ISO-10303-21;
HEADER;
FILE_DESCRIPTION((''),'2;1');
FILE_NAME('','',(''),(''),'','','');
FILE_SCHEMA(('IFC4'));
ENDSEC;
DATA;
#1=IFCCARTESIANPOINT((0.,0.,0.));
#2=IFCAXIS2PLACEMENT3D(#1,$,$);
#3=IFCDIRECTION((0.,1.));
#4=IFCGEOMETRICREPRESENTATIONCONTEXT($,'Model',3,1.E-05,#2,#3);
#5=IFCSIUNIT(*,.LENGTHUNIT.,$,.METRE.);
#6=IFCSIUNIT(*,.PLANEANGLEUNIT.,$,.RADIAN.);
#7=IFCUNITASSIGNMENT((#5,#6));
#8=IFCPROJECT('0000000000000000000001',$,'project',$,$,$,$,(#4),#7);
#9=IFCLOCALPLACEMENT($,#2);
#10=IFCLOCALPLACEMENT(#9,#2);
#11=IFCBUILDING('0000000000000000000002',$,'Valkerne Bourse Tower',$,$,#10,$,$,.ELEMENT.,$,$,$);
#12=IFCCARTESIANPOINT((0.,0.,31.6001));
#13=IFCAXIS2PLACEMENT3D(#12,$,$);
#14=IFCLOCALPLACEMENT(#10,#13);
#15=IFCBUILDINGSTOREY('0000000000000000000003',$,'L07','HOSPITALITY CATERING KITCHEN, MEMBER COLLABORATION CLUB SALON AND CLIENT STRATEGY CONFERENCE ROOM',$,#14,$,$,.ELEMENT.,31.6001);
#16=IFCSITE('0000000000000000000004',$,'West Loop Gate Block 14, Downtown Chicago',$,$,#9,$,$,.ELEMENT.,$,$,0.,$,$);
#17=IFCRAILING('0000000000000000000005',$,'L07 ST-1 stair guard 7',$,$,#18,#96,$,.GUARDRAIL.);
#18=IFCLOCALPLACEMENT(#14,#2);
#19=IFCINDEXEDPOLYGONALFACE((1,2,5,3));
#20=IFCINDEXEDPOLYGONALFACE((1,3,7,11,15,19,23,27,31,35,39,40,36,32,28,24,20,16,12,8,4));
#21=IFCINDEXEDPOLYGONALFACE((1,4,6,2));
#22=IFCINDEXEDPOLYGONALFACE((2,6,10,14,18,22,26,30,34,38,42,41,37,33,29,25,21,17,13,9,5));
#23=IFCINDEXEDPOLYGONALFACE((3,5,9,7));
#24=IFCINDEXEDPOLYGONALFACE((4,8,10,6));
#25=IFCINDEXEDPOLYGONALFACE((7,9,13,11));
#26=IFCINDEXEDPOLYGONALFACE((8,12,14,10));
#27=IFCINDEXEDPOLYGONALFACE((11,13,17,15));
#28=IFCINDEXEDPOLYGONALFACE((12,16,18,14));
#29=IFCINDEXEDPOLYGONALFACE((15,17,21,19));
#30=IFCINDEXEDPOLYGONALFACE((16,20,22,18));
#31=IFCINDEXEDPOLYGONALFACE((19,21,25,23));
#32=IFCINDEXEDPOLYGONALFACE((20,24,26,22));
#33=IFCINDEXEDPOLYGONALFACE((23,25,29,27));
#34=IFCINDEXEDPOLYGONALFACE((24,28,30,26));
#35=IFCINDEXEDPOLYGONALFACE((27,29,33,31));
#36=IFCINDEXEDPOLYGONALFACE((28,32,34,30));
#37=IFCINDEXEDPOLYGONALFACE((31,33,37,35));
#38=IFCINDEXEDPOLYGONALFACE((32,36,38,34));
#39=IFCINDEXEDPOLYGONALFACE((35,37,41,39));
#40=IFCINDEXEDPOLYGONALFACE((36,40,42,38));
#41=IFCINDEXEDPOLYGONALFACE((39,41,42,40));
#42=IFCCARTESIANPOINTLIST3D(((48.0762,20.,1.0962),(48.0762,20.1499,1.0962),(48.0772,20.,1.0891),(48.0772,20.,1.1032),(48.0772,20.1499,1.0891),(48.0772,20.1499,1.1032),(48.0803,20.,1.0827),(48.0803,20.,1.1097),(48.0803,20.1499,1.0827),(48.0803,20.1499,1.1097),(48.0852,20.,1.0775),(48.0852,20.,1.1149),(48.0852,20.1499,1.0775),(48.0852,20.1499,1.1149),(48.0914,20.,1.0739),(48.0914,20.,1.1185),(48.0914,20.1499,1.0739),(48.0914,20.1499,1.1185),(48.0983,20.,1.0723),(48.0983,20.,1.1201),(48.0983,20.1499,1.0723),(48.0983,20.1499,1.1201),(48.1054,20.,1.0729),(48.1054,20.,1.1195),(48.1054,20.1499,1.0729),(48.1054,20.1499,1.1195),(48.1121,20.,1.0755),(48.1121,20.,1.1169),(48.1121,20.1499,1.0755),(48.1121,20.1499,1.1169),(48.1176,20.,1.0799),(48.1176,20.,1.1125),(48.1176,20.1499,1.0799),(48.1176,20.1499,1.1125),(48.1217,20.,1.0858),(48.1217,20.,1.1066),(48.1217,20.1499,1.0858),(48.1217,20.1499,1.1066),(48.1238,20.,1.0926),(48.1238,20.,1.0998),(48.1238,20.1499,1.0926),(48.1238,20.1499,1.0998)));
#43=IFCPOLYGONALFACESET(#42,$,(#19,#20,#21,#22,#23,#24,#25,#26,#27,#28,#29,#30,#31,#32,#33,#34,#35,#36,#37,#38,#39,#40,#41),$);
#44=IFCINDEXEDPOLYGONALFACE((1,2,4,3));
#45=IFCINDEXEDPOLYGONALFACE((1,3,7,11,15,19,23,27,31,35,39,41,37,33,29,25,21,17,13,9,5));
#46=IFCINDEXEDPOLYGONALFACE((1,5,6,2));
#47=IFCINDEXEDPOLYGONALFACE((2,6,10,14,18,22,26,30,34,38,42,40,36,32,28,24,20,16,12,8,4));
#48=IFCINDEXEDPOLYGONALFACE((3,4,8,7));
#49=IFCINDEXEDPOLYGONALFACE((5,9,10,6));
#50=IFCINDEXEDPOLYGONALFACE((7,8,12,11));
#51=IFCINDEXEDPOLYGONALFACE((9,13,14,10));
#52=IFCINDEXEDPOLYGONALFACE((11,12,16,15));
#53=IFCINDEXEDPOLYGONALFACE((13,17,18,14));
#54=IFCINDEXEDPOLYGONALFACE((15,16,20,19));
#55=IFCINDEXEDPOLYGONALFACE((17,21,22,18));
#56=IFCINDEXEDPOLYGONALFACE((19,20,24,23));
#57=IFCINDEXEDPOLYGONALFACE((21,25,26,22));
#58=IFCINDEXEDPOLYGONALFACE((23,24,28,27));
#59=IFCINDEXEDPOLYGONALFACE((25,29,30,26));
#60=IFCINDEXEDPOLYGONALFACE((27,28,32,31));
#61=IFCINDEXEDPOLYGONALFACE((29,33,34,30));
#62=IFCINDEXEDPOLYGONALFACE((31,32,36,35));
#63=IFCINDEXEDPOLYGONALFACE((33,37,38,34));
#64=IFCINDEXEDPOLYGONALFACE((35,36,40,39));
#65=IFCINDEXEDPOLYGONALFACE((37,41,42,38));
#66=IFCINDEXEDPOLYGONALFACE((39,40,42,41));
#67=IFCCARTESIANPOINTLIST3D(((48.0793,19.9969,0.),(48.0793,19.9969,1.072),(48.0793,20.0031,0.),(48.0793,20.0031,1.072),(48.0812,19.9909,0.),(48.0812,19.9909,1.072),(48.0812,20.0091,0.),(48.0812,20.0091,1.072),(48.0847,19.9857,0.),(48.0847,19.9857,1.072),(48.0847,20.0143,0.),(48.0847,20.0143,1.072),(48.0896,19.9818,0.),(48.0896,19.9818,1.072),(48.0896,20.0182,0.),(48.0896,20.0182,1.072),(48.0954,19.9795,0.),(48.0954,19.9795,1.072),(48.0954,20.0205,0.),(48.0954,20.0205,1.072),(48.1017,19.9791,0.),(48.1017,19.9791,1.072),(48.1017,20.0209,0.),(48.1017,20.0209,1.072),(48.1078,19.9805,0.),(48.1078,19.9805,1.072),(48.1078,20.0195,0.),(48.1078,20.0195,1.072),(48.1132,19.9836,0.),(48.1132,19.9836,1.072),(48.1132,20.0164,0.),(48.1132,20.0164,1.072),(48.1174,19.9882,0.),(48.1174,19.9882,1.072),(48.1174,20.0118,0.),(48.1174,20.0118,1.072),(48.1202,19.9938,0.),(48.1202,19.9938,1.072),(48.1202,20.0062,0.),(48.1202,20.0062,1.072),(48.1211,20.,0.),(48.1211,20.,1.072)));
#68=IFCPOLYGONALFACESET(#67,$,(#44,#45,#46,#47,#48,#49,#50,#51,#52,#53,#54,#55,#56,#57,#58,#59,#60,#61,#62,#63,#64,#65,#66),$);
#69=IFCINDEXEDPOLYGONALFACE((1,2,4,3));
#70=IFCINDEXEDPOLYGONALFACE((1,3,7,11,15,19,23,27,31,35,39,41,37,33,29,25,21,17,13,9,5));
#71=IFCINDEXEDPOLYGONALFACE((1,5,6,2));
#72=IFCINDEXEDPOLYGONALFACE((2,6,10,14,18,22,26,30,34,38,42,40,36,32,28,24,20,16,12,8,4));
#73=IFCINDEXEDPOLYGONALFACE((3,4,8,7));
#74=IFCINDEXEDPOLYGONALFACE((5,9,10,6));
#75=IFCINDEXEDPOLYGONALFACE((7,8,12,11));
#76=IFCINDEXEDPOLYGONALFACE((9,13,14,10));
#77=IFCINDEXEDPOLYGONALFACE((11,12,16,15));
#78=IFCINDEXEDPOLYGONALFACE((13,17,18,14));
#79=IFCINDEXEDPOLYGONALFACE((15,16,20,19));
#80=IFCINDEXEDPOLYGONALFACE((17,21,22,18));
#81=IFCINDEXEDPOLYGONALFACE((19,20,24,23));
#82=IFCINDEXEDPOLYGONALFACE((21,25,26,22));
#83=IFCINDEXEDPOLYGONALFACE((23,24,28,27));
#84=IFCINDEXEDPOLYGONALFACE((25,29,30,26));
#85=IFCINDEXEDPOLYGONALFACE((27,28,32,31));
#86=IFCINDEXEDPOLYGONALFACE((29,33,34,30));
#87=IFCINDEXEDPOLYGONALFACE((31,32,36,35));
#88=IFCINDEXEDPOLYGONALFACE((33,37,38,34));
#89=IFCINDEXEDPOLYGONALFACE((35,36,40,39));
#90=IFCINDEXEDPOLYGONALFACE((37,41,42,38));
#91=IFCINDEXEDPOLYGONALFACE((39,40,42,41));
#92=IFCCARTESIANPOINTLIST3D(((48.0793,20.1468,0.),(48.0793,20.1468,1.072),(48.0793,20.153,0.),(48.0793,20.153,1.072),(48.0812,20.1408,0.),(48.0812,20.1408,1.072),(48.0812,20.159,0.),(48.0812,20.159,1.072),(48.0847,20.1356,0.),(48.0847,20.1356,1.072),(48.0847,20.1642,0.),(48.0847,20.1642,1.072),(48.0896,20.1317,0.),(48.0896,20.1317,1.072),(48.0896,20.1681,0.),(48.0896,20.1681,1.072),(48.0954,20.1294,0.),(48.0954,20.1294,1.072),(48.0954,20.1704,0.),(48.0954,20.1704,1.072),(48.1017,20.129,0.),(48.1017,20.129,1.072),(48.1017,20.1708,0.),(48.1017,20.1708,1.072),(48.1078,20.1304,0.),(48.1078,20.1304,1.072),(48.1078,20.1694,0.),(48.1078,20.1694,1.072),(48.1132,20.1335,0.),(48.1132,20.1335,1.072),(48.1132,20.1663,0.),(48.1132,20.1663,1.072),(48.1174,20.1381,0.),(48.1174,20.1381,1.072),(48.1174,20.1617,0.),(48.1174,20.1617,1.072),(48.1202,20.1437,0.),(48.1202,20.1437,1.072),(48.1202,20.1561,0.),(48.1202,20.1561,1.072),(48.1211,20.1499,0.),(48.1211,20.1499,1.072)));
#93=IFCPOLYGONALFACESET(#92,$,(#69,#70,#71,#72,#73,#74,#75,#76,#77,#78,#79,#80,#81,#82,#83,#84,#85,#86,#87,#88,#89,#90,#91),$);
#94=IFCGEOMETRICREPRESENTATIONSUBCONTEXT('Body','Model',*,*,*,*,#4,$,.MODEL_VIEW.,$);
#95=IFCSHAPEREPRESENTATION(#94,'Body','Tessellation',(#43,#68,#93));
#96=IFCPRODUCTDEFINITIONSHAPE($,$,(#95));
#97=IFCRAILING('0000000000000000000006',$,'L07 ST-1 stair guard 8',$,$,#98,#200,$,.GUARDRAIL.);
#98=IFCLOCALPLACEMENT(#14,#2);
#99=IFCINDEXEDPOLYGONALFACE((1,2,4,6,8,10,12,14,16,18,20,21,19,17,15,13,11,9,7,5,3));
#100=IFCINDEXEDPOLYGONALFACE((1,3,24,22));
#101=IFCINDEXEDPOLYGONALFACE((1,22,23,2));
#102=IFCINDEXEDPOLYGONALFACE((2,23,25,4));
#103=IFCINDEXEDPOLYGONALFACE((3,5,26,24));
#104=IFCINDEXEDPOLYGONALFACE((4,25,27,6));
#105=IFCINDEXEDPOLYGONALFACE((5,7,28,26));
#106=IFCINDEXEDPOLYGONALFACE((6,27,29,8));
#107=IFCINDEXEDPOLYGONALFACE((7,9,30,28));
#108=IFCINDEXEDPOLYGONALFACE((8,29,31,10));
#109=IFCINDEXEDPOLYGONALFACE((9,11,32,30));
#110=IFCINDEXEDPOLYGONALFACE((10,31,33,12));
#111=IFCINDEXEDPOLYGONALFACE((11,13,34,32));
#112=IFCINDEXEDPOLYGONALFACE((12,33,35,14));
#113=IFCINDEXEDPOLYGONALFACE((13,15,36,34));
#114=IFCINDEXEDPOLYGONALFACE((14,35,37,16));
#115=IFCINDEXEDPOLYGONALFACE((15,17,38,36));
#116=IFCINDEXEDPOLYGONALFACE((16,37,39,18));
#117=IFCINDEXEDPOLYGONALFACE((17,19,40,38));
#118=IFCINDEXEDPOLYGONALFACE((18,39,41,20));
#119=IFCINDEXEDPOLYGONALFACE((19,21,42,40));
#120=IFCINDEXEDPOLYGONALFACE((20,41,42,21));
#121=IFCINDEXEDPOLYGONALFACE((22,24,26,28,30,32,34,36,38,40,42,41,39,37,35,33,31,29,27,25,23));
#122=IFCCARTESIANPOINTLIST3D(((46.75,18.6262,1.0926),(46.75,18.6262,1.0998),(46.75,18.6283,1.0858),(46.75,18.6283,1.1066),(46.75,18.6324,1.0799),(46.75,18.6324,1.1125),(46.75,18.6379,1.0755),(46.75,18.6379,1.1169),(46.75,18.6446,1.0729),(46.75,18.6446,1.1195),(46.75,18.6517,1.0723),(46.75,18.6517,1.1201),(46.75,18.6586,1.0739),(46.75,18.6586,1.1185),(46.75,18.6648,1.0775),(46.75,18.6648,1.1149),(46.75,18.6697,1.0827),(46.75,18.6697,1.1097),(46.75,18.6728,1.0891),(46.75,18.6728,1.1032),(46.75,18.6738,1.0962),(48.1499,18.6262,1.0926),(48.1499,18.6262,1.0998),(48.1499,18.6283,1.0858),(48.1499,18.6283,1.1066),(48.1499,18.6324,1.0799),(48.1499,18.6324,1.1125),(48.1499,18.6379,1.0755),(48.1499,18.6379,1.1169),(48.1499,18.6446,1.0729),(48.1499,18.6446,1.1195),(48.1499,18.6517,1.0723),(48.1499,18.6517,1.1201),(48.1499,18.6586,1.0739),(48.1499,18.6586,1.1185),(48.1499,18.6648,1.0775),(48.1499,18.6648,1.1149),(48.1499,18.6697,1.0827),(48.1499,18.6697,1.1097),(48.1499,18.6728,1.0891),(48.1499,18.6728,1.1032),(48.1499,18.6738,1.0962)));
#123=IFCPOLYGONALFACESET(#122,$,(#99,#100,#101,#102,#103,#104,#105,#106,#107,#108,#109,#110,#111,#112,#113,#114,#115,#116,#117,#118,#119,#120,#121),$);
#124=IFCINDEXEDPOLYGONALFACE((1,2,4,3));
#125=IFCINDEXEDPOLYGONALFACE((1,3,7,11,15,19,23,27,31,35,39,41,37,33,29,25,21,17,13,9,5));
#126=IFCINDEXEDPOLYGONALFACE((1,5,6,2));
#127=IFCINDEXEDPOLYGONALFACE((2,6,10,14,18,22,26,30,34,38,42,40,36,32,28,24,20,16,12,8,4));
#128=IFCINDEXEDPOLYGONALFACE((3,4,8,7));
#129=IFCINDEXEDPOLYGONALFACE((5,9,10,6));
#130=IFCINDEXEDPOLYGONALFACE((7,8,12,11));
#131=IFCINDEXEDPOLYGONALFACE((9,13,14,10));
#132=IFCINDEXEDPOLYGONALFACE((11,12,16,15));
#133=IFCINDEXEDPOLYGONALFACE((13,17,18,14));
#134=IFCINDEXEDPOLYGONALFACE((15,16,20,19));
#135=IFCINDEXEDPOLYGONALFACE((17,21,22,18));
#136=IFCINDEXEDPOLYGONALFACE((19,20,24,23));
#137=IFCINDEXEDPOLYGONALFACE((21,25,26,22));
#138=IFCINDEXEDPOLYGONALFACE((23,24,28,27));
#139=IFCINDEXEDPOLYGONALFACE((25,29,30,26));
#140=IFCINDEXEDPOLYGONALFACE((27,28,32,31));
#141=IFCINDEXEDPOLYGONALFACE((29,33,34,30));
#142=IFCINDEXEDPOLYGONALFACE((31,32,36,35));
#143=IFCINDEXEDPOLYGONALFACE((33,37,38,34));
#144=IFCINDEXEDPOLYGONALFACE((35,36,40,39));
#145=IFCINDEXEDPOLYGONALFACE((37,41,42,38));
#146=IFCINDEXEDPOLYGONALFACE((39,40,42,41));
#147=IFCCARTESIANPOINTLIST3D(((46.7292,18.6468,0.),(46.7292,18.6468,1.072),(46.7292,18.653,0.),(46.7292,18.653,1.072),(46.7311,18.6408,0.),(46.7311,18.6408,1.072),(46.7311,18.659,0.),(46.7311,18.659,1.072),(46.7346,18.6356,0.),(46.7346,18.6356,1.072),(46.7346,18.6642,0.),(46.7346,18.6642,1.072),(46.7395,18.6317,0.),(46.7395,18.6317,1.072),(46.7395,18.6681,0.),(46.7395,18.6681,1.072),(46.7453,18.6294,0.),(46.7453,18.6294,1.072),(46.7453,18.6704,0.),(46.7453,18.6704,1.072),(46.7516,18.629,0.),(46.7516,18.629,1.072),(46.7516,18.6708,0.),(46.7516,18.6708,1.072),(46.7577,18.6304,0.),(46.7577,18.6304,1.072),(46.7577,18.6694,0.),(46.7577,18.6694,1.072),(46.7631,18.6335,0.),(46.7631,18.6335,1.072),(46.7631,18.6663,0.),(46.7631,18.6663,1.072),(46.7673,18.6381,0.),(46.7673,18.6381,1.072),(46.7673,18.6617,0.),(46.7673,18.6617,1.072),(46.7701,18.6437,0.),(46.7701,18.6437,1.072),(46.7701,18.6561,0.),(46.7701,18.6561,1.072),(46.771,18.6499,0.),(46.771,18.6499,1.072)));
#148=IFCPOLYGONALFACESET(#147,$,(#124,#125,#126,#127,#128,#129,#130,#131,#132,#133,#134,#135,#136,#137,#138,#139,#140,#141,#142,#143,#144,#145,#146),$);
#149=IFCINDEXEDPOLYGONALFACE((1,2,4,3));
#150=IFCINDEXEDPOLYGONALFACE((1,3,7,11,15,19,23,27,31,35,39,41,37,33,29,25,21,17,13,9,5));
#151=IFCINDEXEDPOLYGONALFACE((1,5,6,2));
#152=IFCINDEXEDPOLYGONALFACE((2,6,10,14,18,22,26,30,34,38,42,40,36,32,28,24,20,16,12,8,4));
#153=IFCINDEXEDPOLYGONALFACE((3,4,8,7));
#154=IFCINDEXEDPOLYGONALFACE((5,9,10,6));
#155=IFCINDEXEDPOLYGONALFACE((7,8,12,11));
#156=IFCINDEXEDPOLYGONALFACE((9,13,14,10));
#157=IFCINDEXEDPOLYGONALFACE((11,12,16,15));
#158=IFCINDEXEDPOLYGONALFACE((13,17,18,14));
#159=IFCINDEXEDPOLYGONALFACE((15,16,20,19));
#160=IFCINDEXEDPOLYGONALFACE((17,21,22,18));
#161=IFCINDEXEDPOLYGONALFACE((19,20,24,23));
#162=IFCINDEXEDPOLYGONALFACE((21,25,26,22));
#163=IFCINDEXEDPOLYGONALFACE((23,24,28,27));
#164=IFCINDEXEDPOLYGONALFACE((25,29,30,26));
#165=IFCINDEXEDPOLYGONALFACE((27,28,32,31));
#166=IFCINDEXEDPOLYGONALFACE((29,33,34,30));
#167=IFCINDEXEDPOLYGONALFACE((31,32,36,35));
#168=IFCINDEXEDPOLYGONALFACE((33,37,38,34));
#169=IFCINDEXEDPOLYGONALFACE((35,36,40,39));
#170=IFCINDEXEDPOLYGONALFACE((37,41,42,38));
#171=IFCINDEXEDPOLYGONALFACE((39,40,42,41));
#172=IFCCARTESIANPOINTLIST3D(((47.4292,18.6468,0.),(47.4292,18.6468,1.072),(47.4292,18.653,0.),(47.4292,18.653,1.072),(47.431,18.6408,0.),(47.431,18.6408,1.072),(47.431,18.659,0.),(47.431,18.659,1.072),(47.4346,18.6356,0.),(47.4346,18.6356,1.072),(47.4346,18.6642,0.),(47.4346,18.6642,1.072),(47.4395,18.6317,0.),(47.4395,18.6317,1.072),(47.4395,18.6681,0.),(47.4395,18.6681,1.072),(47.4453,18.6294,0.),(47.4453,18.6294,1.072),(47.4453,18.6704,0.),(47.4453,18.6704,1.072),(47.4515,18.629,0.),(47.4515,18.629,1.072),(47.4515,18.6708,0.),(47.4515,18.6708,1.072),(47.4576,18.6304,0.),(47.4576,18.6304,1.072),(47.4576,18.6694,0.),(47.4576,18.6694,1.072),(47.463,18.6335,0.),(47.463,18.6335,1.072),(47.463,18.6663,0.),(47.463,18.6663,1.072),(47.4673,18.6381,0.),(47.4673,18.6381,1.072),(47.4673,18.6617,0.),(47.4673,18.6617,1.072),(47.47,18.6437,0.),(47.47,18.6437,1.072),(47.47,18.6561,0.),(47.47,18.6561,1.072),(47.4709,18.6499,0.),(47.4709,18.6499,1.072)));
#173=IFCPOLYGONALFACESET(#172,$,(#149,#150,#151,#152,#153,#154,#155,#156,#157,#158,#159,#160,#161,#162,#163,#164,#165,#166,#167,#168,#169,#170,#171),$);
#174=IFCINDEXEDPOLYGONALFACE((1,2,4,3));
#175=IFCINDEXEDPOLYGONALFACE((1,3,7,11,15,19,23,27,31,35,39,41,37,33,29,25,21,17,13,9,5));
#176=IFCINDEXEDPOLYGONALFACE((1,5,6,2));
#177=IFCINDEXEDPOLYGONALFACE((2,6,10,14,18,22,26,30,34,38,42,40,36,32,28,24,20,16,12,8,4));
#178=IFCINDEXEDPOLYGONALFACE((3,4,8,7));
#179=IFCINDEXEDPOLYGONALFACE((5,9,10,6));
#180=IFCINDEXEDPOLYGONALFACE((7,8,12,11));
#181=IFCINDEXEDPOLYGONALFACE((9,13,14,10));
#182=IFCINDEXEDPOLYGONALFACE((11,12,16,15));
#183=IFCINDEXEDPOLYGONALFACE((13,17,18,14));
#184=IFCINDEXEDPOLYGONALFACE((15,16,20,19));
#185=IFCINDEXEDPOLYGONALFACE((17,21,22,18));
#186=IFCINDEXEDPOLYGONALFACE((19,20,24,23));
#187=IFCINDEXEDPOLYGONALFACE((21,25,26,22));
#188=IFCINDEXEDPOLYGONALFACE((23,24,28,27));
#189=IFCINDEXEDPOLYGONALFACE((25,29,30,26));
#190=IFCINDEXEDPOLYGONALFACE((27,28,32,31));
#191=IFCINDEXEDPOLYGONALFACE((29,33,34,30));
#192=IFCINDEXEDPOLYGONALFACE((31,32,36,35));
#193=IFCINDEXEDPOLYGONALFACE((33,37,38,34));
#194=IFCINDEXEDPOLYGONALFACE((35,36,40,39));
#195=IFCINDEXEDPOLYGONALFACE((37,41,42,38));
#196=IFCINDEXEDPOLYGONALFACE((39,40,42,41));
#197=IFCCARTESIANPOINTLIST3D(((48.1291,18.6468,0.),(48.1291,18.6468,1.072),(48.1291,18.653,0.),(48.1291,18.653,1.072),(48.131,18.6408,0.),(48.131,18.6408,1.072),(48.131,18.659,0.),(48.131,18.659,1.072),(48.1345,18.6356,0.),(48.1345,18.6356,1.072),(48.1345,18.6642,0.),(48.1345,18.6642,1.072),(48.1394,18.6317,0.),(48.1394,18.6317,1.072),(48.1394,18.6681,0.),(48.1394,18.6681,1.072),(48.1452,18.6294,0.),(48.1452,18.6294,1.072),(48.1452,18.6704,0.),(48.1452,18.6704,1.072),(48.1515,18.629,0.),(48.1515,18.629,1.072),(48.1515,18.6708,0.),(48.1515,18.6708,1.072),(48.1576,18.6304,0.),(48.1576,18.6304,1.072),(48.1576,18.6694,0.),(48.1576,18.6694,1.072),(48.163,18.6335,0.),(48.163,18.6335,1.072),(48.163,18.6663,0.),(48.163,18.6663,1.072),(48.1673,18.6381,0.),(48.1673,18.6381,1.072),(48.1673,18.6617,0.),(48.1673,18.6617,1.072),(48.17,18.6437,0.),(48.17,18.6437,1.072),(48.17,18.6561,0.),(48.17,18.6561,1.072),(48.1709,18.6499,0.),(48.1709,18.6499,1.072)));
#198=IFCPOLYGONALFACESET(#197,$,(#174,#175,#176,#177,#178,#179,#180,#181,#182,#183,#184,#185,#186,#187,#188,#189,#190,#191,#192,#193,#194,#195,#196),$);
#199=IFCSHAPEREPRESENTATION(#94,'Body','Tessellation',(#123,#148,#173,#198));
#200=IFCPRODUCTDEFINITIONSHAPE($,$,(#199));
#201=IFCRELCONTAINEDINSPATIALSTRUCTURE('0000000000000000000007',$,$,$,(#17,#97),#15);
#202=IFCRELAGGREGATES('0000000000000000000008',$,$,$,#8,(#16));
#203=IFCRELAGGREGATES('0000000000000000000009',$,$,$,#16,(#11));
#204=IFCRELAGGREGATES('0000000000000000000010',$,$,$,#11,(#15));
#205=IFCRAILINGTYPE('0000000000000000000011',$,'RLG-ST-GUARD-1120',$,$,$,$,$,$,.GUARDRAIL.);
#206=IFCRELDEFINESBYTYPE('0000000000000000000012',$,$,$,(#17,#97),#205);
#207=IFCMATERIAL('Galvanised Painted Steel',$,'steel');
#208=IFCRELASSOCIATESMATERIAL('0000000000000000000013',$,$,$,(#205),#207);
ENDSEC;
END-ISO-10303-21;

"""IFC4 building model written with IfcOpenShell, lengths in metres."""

from ifc_helpers import new_model, si_unit, direction, frame, origin, origin_2d, place, context, subcontext, project, spatial, circle, extrude, material, type_object, element, save


model = new_model("IFC4")

# Units and contexts
model_context = context("Model", 3, precision=1e-05, world=origin(), true_north=direction((0.0, 1.0)))
body_context = subcontext(model_context, "Body", "Model", "MODEL_VIEW")
ifc_project = project(units=[si_unit("LENGTHUNIT", "METRE"), si_unit("PLANEANGLEUNIT", "RADIAN")], contexts=[model_context])

# Site, building, storey
site_placement = place(None, origin())
site = spatial("IfcSite", under=ifc_project, at=site_placement, Name="West Loop Gate Block 14, Downtown Chicago", CompositionType="ELEMENT", RefElevation=0.0)
building_placement = place(site_placement, origin())
building = spatial("IfcBuilding", under=site, at=building_placement, Name="Valkerne Bourse Tower", CompositionType="ELEMENT")
storey_placement = place(building_placement, frame((0.0, 0.0, 31.6001)))
storey = spatial("IfcBuildingStorey", under=building, at=storey_placement, Name="L07", Description="HOSPITALITY CATERING KITCHEN, MEMBER COLLABORATION CLUB SALON AND CLIENT STRATEGY CONFERENCE ROOM", CompositionType="ELEMENT", Elevation=31.6001)

# Shared definitions
ifc_material_1 = material(Name="Galvanised Painted Steel", Category="steel")

# Railings
railing_type_1 = type_object("IfcRailingType", Name="RLG-ST-GUARD-1120", PredefinedType="GUARDRAIL", material=ifc_material_1)
railing_1_placement = place(storey_placement, frame((48.1001, 20.0, 0.0)))
element("IfcRailing", 1, at=railing_1_placement, inside=storey, type_object=railing_type_1, Name="L07 ST-1 stair guard 7", PredefinedType="GUARDRAIL", context=body_context, shape_type="SweptSolid", body=[
    extrude(circle(Radius=0.0239, at=origin_2d()), frame((0.0, 0.0, 1.0962), z_axis=(0.0, 1.0, 0.0), x_axis=(-1.0, 0.0, 0.0)), (0.0, 0.0, 1.0), 0.1499),
    extrude(circle(Radius=0.021, at=origin_2d()), origin(), (0.0, 0.0, 1.0), 1.072),
    extrude(circle(Radius=0.021, at=origin_2d()), frame((0.0, 0.1499, 0.0)), (0.0, 0.0, 1.0), 1.072),
])
for number, where, name in (
    (2, (46.75, 18.6499, 0.0), "L07 ST-1 stair guard 8"),
):
    element("IfcRailing", number, at=place(storey_placement, frame(where)), inside=storey, type_object=railing_type_1, Name=name, PredefinedType="GUARDRAIL", context=body_context, shape_type="SweptSolid", body=[
        extrude(circle(Radius=0.0239, at=origin_2d()), frame((0.0, 0.0, 1.0962), z_axis=(1.0, 0.0, 0.0), x_axis=(0.0, 1.0, 0.0)), (0.0, 0.0, 1.0), 1.3999),
        extrude(circle(Radius=0.021, at=origin_2d()), origin(), (0.0, 0.0, 1.0), 1.072),
        extrude(circle(Radius=0.021, at=origin_2d()), frame((0.7, 0.0, 0.0)), (0.0, 0.0, 1.0), 1.072),
        extrude(circle(Radius=0.021, at=origin_2d()), frame((1.3999, 0.0, 0.0)), (0.0, 0.0, 1.0), 1.072),
    ])

save(model, "model.ifc")
